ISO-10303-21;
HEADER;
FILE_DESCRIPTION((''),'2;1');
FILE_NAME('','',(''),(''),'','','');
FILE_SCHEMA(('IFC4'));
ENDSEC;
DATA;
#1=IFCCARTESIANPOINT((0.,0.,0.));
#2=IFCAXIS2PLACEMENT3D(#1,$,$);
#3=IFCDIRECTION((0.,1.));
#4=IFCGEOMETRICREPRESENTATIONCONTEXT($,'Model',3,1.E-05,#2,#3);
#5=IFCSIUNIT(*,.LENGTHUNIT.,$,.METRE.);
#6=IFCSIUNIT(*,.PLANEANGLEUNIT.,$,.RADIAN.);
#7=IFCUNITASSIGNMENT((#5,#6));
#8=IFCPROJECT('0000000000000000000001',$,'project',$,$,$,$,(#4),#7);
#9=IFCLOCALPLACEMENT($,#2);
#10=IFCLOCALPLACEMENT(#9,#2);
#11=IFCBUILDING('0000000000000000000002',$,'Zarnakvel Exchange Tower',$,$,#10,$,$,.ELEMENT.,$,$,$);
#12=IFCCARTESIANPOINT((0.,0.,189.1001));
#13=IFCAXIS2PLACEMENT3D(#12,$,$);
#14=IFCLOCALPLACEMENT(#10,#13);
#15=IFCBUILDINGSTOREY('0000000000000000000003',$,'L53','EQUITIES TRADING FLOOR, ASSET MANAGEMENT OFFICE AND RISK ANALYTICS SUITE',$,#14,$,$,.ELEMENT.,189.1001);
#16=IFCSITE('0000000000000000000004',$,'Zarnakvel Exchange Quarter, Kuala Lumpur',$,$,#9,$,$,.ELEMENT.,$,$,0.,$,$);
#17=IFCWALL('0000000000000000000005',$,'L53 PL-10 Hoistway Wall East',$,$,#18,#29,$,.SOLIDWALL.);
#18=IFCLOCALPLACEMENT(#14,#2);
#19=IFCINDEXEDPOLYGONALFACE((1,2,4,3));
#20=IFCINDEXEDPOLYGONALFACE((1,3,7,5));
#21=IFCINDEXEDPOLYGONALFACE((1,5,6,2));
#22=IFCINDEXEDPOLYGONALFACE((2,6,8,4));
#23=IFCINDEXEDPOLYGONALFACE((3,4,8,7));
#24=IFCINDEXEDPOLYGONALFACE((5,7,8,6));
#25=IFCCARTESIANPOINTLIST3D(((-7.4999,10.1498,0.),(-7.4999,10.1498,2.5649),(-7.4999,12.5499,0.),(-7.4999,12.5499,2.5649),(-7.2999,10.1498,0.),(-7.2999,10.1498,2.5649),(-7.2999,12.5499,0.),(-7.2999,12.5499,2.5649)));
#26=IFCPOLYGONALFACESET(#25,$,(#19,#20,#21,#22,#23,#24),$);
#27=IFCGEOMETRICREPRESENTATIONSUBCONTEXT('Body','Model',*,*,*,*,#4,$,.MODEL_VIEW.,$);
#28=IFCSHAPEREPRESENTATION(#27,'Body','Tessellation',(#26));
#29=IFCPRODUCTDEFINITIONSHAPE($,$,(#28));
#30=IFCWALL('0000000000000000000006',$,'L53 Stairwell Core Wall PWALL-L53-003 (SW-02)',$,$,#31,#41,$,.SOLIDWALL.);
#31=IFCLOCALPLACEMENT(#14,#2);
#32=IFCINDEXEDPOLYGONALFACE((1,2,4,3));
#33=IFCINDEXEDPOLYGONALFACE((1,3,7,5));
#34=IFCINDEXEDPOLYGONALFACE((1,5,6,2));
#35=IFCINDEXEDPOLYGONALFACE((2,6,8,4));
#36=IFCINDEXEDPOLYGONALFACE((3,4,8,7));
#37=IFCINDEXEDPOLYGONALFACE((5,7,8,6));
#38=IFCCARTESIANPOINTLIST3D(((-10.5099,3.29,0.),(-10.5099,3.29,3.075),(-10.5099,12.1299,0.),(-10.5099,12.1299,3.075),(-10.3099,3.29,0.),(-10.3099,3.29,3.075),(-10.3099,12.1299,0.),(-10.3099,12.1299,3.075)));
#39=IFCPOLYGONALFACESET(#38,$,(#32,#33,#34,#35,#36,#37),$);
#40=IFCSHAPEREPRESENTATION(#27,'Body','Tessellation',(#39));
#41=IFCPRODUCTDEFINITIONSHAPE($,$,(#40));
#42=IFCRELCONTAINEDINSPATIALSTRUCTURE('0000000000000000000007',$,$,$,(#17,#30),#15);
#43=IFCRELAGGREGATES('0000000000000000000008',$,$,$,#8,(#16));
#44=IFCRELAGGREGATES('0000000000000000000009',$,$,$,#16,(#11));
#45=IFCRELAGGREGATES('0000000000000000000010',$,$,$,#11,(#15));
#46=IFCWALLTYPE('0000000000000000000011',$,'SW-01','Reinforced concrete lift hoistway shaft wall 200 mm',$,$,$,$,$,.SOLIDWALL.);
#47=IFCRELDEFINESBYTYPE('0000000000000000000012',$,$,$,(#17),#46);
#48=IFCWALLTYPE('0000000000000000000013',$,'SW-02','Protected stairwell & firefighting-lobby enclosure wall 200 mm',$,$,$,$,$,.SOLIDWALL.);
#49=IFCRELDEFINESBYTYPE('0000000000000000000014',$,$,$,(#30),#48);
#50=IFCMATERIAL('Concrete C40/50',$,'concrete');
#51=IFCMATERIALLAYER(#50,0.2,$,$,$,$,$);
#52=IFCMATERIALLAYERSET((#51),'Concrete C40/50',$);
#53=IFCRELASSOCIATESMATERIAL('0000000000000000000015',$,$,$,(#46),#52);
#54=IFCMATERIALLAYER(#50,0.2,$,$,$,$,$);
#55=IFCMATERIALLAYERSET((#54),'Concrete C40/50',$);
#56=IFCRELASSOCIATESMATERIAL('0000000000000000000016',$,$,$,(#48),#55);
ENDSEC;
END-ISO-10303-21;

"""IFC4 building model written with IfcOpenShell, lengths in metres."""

from ifc_helpers import new_model, si_unit, direction, frame, frame_2d, origin, place, context, subcontext, project, spatial, rectangle, extrude, material, layer, layer_set, type_object, element, save


model = new_model("IFC4")

# Units and contexts
model_context = context("Model", 3, precision=1e-05, world=origin(), true_north=direction((0.0, 1.0)))
body_context = subcontext(model_context, "Body", "Model", "MODEL_VIEW")
ifc_project = project(units=[si_unit("LENGTHUNIT", "METRE"), si_unit("PLANEANGLEUNIT", "RADIAN")], contexts=[model_context])

# Site, building, storey
site_placement = place(None, origin())
site = spatial("IfcSite", under=ifc_project, at=site_placement, Name="Zarnakvel Exchange Quarter, Kuala Lumpur", CompositionType="ELEMENT", RefElevation=0.0)
building_placement = place(site_placement, origin())
building = spatial("IfcBuilding", under=site, at=building_placement, Name="Zarnakvel Exchange Tower", CompositionType="ELEMENT")
storey_placement = place(building_placement, frame((0.0, 0.0, 189.1001)))
storey = spatial("IfcBuildingStorey", under=building, at=storey_placement, Name="L53", Description="EQUITIES TRADING FLOOR, ASSET MANAGEMENT OFFICE AND RISK ANALYTICS SUITE", CompositionType="ELEMENT", Elevation=189.1001)

# Walls
ifc_material_1 = material(Name="Concrete C40/50", Category="concrete")
ifc_layer_1 = layer(ifc_material_1, 0.2)
ifc_layer_set_1 = layer_set([ifc_layer_1], Name="Concrete C40/50")
wall_type_1 = type_object("IfcWallType", Name="SW-01", Description="Reinforced concrete lift hoistway shaft wall 200 mm", PredefinedType="SOLIDWALL", material=ifc_layer_set_1)
wall_1_placement = place(storey_placement, frame((-7.3999, 12.55, 0.0), z_axis=(0.0, 0.0, 1.0), x_axis=(0.0, -1.0, 0.0)))
element("IfcWall", 1, at=wall_1_placement, inside=storey, type_object=wall_type_1, Name="L53 PL-10 Hoistway Wall East", PredefinedType="SOLIDWALL", context=body_context, shape_type="SweptSolid", body=[
    extrude(rectangle(XDim=2.4001, YDim=0.2, at=frame_2d((1.2002, 0.0))), origin(), (0.0, 0.0, 1.0), 2.5649),
])
ifc_layer_2 = layer(ifc_material_1, 0.2)
ifc_layer_set_2 = layer_set([ifc_layer_2], Name="Concrete C40/50")
wall_type_2 = type_object("IfcWallType", Name="SW-02", Description="Protected stairwell & firefighting-lobby enclosure wall 200 mm", PredefinedType="SOLIDWALL", material=ifc_layer_set_2)
wall_2_placement = place(storey_placement, frame((-10.4099, 12.1299, 0.0), z_axis=(0.0, 0.0, 1.0), x_axis=(0.0, -1.0, 0.0)))
element("IfcWall", 2, at=wall_2_placement, inside=storey, type_object=wall_type_2, Name="L53 Stairwell Core Wall PWALL-L53-003 (SW-02)", PredefinedType="SOLIDWALL", context=body_context, shape_type="SweptSolid", body=[
    extrude(rectangle(XDim=8.8398, YDim=0.2, at=frame_2d((4.4199, 0.0))), origin(), (0.0, 0.0, 1.0), 3.075),
])

save(model, "model.ifc")
